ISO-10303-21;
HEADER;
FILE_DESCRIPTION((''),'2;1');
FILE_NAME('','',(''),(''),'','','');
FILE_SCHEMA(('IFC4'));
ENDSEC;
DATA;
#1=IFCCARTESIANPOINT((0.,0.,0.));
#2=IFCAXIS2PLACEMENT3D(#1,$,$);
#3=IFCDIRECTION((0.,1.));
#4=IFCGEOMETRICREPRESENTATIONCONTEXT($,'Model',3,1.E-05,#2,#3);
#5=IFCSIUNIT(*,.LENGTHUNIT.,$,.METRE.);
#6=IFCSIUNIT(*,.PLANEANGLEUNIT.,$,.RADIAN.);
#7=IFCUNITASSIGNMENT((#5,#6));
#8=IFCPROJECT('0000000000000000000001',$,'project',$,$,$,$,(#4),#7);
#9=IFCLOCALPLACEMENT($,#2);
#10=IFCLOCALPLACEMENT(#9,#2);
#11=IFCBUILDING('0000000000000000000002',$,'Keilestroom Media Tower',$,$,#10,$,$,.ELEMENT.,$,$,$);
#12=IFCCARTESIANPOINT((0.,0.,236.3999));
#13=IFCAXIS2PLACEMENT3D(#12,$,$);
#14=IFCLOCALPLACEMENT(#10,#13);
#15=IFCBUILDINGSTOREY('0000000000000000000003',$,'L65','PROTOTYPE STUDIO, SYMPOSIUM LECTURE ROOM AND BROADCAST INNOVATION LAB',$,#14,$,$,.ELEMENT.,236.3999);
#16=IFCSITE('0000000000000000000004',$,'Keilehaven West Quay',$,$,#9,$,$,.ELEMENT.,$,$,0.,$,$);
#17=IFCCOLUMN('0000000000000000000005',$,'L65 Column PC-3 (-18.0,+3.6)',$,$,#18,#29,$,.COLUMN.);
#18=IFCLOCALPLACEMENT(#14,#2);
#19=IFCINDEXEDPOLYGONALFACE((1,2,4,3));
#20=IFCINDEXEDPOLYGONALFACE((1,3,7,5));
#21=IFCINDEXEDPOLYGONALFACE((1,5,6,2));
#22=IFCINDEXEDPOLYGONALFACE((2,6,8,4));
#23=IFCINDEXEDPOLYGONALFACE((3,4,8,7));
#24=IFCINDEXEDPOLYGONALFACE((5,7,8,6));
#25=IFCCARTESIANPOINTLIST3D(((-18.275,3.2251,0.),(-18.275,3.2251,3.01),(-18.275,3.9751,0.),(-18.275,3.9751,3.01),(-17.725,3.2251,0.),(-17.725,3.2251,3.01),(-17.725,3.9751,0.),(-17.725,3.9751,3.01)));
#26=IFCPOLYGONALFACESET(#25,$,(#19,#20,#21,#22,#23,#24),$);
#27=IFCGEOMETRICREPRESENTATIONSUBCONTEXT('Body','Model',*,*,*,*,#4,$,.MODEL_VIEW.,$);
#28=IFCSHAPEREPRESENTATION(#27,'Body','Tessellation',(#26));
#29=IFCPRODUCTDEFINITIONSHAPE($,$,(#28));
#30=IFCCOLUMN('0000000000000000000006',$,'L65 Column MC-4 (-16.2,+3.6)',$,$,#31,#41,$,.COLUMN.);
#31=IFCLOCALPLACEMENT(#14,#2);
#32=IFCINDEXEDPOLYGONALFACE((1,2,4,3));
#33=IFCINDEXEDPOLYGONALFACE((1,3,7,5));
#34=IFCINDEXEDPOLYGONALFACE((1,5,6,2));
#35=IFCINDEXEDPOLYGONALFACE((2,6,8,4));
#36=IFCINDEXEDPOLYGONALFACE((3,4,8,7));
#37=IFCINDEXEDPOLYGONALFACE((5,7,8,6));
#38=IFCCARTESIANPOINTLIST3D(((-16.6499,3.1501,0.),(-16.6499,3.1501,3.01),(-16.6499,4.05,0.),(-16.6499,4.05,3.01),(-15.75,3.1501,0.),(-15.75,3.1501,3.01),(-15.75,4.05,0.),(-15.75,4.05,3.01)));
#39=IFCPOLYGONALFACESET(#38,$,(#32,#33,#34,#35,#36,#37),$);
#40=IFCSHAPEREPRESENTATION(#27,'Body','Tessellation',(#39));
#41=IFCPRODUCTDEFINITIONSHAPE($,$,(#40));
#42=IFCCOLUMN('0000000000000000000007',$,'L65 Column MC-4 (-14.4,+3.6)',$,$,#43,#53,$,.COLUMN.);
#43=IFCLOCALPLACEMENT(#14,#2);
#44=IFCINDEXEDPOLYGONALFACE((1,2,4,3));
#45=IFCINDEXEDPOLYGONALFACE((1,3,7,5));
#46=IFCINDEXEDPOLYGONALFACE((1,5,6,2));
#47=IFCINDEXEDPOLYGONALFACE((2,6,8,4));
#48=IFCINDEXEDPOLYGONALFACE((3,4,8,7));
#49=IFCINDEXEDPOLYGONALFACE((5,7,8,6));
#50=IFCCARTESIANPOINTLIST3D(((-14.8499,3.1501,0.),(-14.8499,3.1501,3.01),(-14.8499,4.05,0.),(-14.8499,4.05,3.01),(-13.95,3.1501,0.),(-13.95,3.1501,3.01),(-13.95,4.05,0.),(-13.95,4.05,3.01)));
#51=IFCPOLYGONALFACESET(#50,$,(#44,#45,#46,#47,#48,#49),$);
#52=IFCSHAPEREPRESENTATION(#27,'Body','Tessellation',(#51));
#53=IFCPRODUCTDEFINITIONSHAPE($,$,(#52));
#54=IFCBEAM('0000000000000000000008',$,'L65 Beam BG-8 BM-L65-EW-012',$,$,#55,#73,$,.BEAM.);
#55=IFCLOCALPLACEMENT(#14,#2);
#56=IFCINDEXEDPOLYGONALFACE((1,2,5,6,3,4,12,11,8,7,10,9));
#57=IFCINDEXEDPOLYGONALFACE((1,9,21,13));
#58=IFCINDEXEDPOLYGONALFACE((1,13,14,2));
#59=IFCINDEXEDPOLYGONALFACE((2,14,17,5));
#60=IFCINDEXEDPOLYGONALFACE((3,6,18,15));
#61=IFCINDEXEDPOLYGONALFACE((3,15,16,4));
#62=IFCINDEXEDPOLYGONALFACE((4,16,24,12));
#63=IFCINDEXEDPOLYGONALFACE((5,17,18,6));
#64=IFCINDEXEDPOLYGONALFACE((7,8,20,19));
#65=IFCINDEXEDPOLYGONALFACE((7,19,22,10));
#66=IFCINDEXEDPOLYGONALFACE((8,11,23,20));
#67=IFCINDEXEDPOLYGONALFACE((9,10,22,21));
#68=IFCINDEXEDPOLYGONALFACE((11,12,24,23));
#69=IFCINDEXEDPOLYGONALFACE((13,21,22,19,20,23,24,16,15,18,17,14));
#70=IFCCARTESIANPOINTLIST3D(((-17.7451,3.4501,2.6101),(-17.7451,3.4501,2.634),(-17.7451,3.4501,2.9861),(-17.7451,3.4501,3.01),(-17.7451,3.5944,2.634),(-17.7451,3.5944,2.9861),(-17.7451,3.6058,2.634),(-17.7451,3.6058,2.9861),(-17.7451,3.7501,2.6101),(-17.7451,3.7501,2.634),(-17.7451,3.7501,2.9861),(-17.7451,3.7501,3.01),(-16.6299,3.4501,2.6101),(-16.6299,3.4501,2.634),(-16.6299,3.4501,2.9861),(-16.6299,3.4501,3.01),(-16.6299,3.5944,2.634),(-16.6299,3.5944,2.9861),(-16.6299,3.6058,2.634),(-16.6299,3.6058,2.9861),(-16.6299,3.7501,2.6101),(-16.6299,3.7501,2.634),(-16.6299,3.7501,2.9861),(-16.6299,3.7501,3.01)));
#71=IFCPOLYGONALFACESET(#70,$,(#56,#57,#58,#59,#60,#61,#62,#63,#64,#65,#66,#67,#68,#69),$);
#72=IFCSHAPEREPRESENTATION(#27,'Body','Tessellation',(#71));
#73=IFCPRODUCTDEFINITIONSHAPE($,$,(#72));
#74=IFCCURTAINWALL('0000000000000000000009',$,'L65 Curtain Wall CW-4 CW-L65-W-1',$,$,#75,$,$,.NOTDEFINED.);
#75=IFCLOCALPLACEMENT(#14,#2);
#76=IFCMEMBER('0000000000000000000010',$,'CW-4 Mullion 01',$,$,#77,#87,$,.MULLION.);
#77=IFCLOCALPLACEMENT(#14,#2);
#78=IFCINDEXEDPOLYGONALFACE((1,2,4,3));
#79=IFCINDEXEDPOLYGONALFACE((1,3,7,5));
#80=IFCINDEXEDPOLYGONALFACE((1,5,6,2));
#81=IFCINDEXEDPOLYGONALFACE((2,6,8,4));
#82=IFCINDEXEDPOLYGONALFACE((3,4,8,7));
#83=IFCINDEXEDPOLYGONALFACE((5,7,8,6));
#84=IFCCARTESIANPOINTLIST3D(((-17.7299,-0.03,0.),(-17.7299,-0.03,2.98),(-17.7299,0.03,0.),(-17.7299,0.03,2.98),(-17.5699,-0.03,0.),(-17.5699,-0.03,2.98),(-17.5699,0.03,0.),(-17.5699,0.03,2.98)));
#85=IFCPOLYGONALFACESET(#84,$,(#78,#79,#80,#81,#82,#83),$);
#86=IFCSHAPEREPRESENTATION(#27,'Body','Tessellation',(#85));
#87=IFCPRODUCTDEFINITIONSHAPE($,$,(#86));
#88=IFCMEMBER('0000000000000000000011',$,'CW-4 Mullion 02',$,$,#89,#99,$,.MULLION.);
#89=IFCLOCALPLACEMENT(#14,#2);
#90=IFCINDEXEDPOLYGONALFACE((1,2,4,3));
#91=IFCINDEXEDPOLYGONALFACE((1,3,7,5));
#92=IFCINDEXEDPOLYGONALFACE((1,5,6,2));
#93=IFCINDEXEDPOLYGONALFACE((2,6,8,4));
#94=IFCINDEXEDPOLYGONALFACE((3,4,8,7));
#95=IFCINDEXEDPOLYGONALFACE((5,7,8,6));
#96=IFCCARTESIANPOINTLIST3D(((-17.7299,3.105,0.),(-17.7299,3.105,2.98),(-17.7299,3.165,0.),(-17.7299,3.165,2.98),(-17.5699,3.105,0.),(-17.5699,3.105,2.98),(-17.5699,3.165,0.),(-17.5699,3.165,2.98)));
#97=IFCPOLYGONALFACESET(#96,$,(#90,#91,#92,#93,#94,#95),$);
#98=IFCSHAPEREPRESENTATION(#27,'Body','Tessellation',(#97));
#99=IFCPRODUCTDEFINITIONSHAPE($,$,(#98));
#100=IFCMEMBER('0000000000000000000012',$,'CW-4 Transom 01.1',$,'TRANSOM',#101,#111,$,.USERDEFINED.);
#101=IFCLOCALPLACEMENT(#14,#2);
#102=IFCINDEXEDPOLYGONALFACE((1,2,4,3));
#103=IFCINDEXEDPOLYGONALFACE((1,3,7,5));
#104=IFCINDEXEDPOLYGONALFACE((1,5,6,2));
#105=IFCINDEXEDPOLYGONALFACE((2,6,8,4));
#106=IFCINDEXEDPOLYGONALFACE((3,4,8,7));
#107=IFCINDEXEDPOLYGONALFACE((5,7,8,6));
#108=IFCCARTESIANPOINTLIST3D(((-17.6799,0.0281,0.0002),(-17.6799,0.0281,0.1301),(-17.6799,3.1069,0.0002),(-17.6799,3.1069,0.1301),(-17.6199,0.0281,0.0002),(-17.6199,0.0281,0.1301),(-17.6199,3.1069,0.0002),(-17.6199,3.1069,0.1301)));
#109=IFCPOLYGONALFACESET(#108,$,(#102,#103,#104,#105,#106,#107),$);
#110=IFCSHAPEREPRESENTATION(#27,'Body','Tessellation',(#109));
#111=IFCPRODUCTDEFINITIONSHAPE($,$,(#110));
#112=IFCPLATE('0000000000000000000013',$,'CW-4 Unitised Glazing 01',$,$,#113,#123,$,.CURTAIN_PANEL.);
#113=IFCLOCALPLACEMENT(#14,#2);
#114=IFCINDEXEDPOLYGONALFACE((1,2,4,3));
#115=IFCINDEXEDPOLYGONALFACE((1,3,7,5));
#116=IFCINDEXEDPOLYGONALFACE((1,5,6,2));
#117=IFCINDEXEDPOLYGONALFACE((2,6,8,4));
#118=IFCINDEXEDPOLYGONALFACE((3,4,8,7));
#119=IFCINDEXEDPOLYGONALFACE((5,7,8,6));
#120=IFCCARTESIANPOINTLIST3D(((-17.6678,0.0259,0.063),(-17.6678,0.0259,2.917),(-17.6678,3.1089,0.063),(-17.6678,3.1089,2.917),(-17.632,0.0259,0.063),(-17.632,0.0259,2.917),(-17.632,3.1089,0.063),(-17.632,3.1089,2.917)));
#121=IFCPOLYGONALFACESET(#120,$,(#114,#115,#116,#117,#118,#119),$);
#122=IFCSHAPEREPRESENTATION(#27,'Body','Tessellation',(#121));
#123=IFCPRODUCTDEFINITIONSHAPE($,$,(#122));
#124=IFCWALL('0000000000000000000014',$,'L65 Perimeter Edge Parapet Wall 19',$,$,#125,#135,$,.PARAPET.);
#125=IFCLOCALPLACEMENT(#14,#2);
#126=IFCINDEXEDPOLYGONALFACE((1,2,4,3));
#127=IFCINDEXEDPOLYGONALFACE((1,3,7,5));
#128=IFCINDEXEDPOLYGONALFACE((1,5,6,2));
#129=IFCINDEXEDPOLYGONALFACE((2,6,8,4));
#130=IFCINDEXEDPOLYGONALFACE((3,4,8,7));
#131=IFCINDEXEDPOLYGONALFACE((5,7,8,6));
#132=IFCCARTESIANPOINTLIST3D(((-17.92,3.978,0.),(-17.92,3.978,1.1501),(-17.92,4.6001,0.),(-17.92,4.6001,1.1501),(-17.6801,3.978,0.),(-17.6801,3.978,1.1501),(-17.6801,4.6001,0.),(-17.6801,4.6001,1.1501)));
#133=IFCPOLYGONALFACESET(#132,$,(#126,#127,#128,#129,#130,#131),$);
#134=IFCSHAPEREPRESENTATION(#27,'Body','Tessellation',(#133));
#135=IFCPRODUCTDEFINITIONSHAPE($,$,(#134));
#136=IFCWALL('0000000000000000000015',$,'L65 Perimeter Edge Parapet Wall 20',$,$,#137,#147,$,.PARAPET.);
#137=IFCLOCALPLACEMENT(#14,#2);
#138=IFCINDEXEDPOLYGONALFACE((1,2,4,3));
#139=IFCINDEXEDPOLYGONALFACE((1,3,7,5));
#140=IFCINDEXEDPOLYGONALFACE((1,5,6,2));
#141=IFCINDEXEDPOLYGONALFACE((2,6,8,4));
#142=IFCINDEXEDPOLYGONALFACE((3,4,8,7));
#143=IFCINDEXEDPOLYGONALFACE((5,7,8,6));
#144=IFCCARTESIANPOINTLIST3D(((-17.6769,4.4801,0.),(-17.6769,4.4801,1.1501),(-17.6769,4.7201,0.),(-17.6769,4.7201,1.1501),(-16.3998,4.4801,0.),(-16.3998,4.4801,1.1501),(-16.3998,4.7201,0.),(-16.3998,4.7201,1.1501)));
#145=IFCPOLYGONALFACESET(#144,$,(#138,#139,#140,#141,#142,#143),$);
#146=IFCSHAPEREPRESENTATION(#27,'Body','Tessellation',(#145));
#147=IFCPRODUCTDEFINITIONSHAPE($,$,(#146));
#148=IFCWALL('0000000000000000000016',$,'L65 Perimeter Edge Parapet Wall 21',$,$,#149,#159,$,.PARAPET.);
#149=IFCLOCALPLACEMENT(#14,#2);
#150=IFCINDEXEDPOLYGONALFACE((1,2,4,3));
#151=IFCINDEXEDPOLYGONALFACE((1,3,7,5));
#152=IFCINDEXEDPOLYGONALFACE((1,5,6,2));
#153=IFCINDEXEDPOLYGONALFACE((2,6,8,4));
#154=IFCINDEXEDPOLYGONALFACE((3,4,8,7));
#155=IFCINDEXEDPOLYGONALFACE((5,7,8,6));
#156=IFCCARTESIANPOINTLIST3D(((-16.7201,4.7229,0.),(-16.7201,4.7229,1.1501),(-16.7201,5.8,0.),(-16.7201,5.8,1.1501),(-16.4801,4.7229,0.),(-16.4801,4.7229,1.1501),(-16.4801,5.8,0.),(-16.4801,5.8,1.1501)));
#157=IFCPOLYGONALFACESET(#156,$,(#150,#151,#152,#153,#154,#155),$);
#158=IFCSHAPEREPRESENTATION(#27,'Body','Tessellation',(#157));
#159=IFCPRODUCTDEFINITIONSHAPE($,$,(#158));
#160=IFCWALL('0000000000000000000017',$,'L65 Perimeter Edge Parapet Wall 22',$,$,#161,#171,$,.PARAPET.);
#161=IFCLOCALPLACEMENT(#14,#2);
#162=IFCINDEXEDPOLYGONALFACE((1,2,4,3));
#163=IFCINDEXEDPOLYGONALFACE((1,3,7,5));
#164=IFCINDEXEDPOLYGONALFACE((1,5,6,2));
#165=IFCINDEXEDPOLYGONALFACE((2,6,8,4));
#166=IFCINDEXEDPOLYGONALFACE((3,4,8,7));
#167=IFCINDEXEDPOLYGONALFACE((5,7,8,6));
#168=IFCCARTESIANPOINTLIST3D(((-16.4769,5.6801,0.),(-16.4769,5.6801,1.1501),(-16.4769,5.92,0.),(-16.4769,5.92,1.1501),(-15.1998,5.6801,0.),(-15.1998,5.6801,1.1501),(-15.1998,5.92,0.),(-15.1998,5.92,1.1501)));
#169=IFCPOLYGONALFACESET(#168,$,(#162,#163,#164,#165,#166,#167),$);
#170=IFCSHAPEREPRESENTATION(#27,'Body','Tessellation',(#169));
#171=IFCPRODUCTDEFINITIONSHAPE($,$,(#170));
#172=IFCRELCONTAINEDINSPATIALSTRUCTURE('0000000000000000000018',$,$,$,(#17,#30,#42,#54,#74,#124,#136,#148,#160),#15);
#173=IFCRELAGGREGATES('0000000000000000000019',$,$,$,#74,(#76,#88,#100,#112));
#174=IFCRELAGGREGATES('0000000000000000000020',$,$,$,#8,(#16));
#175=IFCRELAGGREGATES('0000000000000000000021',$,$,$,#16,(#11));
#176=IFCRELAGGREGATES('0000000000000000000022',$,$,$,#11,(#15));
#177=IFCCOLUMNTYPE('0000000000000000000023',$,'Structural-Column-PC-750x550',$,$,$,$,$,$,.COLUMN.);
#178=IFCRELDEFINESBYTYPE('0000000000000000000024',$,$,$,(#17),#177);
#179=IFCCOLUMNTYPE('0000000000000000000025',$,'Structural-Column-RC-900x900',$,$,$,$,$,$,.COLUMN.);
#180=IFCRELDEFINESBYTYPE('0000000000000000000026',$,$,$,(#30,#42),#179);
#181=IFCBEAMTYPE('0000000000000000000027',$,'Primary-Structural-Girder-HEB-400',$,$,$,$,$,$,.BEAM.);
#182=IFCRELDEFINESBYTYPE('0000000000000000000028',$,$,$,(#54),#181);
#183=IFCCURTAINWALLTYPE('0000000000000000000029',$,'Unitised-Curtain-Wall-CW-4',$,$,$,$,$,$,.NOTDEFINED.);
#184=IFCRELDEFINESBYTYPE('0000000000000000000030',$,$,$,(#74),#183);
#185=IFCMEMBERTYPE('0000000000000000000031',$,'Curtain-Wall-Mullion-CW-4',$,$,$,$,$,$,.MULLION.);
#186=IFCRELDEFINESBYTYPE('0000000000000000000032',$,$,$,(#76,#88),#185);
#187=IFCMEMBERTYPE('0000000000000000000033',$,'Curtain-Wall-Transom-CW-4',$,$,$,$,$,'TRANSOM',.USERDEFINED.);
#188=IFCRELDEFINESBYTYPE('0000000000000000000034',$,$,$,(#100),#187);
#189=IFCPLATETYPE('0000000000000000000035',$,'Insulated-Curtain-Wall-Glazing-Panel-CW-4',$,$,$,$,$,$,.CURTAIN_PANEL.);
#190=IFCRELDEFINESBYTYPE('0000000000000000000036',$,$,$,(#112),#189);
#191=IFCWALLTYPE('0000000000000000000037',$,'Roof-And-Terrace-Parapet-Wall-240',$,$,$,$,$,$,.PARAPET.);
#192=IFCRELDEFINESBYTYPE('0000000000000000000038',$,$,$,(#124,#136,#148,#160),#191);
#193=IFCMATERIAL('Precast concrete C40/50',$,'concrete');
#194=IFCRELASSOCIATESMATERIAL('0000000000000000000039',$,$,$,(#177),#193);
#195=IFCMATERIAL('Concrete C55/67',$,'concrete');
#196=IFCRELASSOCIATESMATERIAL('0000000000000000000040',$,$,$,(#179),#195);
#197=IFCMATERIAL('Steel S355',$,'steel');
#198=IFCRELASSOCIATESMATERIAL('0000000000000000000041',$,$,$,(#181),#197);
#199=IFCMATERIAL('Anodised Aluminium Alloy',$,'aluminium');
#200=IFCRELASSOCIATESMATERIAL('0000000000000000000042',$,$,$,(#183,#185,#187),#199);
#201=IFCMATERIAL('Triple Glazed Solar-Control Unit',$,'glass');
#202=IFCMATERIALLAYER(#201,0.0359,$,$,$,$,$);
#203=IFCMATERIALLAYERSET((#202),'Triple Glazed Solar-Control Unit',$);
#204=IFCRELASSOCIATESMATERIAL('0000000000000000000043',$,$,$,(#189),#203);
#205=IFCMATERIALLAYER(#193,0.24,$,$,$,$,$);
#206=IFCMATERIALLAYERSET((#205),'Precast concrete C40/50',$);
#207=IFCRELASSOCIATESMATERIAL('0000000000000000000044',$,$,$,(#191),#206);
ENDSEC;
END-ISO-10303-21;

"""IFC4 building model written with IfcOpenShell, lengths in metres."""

from ifc_helpers import new_model, si_unit, direction, frame, frame_2d, origin, origin_2d, place, context, subcontext, project, spatial, rectangle, i_section, extrude, source, transform, mapped, material, layer, layer_set, material_profile, profile_set, type_object, element, aggregate, save


model = new_model("IFC4")

# Units and contexts
model_context = context("Model", 3, precision=1e-05, world=origin(), true_north=direction((0.0, 1.0)))
body_context = subcontext(model_context, "Body", "Model", "MODEL_VIEW")
ifc_project = project(units=[si_unit("LENGTHUNIT", "METRE"), si_unit("PLANEANGLEUNIT", "RADIAN")], contexts=[model_context])

# Site, building, storey
site_placement = place(None, origin())
site = spatial("IfcSite", under=ifc_project, at=site_placement, Name="Keilehaven West Quay", CompositionType="ELEMENT", RefElevation=0.0)
building_placement = place(site_placement, origin())
building = spatial("IfcBuilding", under=site, at=building_placement, Name="Keilestroom Media Tower", CompositionType="ELEMENT")
storey_placement = place(building_placement, frame((0.0, 0.0, 236.3999)))
storey = spatial("IfcBuildingStorey", under=building, at=storey_placement, Name="L65", Description="PROTOTYPE STUDIO, SYMPOSIUM LECTURE ROOM AND BROADCAST INNOVATION LAB", CompositionType="ELEMENT", Elevation=236.3999)

# Columns
ifc_material_1 = material(Name="Precast concrete C40/50", Category="concrete")
ifc_material_profile_1 = material_profile(ifc_material_1, rectangle(XDim=0.55, YDim=0.75, at=origin_2d()), Name="PC 750x550")
ifc_profile_set_1 = profile_set([ifc_material_profile_1], Name="Precast concrete C40/50")
column_type_1 = type_object("IfcColumnType", Name="Structural-Column-PC-750x550", PredefinedType="COLUMN", material=ifc_profile_set_1)
shared_shape_1 = source(origin(), body_context, "Body", "SweptSolid", [
    extrude(rectangle(XDim=0.55, YDim=0.75, at=origin_2d()), origin(), (0.0, 0.0, 1.0), 3.01),
])
column_placement = place(storey_placement, frame((-18.0, 3.6001, 0.0), z_axis=(0.0, 0.0, 1.0), x_axis=(1.0, 0.0, 0.0)))
element("IfcColumn", 1, at=column_placement, inside=storey, type_object=column_type_1, Name="L65 Column PC-3 (-18.0,+3.6)", PredefinedType="COLUMN", context=body_context, shape_type="MappedRepresentation", body=[
    mapped(shared_shape_1, transform((0.0, 0.0, 0.0), x_axis=(1.0, 0.0, 0.0), y_axis=(0.0, 1.0, 0.0), z_axis=(0.0, 0.0, 1.0), scale=1.0)),
])
ifc_material_2 = material(Name="Concrete C55/67", Category="concrete")
ifc_material_profile_2 = material_profile(ifc_material_2, rectangle(XDim=0.8999, YDim=0.8999, at=origin_2d()), Name="RC 900x900")
ifc_profile_set_2 = profile_set([ifc_material_profile_2], Name="Concrete C55/67")
column_type_2 = type_object("IfcColumnType", Name="Structural-Column-RC-900x900", PredefinedType="COLUMN", material=ifc_profile_set_2)
shared_shape_2 = source(origin(), body_context, "Body", "SweptSolid", [
    extrude(rectangle(XDim=0.8999, YDim=0.8999, at=origin_2d()), origin(), (0.0, 0.0, 1.0), 3.01),
])
for number, where, z_axis, x_axis, name in (
    (2, (-16.2, 3.6001, 0.0), (0.0, 0.0, 1.0), (1.0, 0.0, 0.0), "L65 Column MC-4 (-16.2,+3.6)"),
    (3, (-14.3999, 3.6001, 0.0), (0.0, 0.0, 1.0), (1.0, 0.0, 0.0), "L65 Column MC-4 (-14.4,+3.6)"),
):
    element("IfcColumn", number, at=place(storey_placement, frame(where, z_axis=z_axis, x_axis=x_axis)), inside=storey, type_object=column_type_2, Name=name, PredefinedType="COLUMN", context=body_context, shape_type="MappedRepresentation", body=[
        mapped(shared_shape_2, transform((0.0, 0.0, 0.0), x_axis=(1.0, 0.0, 0.0), y_axis=(0.0, 1.0, 0.0), z_axis=(0.0, 0.0, 1.0), scale=1.0)),
    ])

# Beam
ifc_material_3 = material(Name="Steel S355", Category="steel")
ifc_material_profile_3 = material_profile(ifc_material_3, i_section(OverallWidth=0.3, OverallDepth=0.3999, WebThickness=0.0115, FlangeThickness=0.0239, at=origin_2d()), Name="HEB 400")
ifc_profile_set_3 = profile_set([ifc_material_profile_3], Name="Steel S355")
beam_type = type_object("IfcBeamType", Name="Primary-Structural-Girder-HEB-400", PredefinedType="BEAM", material=ifc_profile_set_3)
shared_shape_3 = source(origin(), body_context, "Body", "SweptSolid", [
    extrude(i_section(OverallWidth=0.3, OverallDepth=0.3999, WebThickness=0.0115, FlangeThickness=0.0239, at=origin_2d()), origin(), (0.0, 0.0, 1.0), 1.1152),
])
beam_placement = place(storey_placement, frame((-17.7451, 3.6001, 2.8101), z_axis=(1.0, 0.0, 0.0), x_axis=(0.0, 1.0, 0.0)))
element("IfcBeam", 4, at=beam_placement, inside=storey, type_object=beam_type, Name="L65 Beam BG-8 BM-L65-EW-012", PredefinedType="BEAM", context=body_context, shape_type="MappedRepresentation", body=[
    mapped(shared_shape_3, transform((0.0, 0.0, 0.0), x_axis=(1.0, 0.0, 0.0), y_axis=(0.0, 1.0, 0.0), z_axis=(0.0, 0.0, 1.0), scale=1.0)),
])

# Curtain wall, members, plate
ifc_material_4 = material(Name="Anodised Aluminium Alloy", Category="aluminium")
curtain_wall_type = type_object("IfcCurtainWallType", Name="Unitised-Curtain-Wall-CW-4", PredefinedType="NOTDEFINED", material=ifc_material_4)
curtain_wall_placement = place(storey_placement, origin())
curtain_wall = element("IfcCurtainWall", 5, at=curtain_wall_placement, inside=storey, type_object=curtain_wall_type, Name="L65 Curtain Wall CW-4 CW-L65-W-1", PredefinedType="NOTDEFINED")
ifc_material_profile_4 = material_profile(ifc_material_4, rectangle(XDim=0.0601, YDim=0.1599, at=origin_2d()), Name="ALU MULLION 60x160")
ifc_profile_set_4 = profile_set([ifc_material_profile_4], Name="Anodised Aluminium Alloy")
member_type_1 = type_object("IfcMemberType", Name="Curtain-Wall-Mullion-CW-4", PredefinedType="MULLION", material=ifc_profile_set_4)
shared_shape_4 = source(origin(), body_context, "Body", "SweptSolid", [
    extrude(rectangle(XDim=0.0601, YDim=0.1599, at=origin_2d()), origin(), (0.0, 0.0, 1.0), 2.98),
])
member_1_placement = place(storey_placement, frame((-17.6499, 0.0, 0.0), z_axis=(0.0, 0.0, 1.0), x_axis=(0.0, 1.0, 0.0)))
member_1 = element("IfcMember", 6, at=member_1_placement, type_object=member_type_1, Name="CW-4 Mullion 01", PredefinedType="MULLION", context=body_context, shape_type="MappedRepresentation", body=[
    mapped(shared_shape_4, transform((0.0, 0.0, 0.0), x_axis=(1.0, 0.0, 0.0), y_axis=(0.0, 1.0, 0.0), z_axis=(0.0, 0.0, 1.0), scale=1.0)),
])
member_2_placement = place(storey_placement, frame((-17.6499, 3.135, 0.0), z_axis=(0.0, 0.0, 1.0), x_axis=(0.0, 1.0, 0.0)))
member_2 = element("IfcMember", 7, at=member_2_placement, type_object=member_type_1, Name="CW-4 Mullion 02", PredefinedType="MULLION", context=body_context, shape_type="MappedRepresentation", body=[
    mapped(shared_shape_4, transform((0.0, 0.0, 0.0), x_axis=(1.0, 0.0, 0.0), y_axis=(0.0, 1.0, 0.0), z_axis=(0.0, 0.0, 1.0), scale=1.0)),
])
ifc_material_profile_5 = material_profile(ifc_material_4, rectangle(XDim=0.0601, YDim=0.1299, at=origin_2d()), Name="ALU TRANSOM 60x130")
ifc_profile_set_5 = profile_set([ifc_material_profile_5], Name="Anodised Aluminium Alloy")
member_type_2 = type_object("IfcMemberType", Name="Curtain-Wall-Transom-CW-4", ElementType="TRANSOM", PredefinedType="USERDEFINED", material=ifc_profile_set_5)
shared_shape_5 = source(origin(), body_context, "Body", "SweptSolid", [
    extrude(rectangle(XDim=0.0601, YDim=0.1299, at=origin_2d()), origin(), (0.0, 0.0, 1.0), 3.0789),
])
member_3_placement = place(storey_placement, frame((-17.6499, 0.0281, 0.0652), z_axis=(0.0, 1.0, 0.0), x_axis=(-1.0, 0.0, 0.0)))
member_3 = element("IfcMember", 8, at=member_3_placement, type_object=member_type_2, Name="CW-4 Transom 01.1", ObjectType="TRANSOM", PredefinedType="USERDEFINED", context=body_context, shape_type="MappedRepresentation", body=[
    mapped(shared_shape_5, transform((0.0, 0.0, 0.0), x_axis=(1.0, 0.0, 0.0), y_axis=(0.0, 1.0, 0.0), z_axis=(0.0, 0.0, 1.0), scale=1.0)),
])
ifc_material_5 = material(Name="Triple Glazed Solar-Control Unit", Category="glass")
ifc_layer_1 = layer(ifc_material_5, 0.0359)
ifc_layer_set_1 = layer_set([ifc_layer_1], Name="Triple Glazed Solar-Control Unit")
plate_type = type_object("IfcPlateType", Name="Insulated-Curtain-Wall-Glazing-Panel-CW-4", PredefinedType="CURTAIN_PANEL", material=ifc_layer_set_1)
shared_shape_6 = source(origin(), body_context, "Body", "SweptSolid", [
    extrude(rectangle(XDim=3.083, YDim=0.0359, at=origin_2d()), origin(), (0.0, 0.0, 1.0), 2.854),
])
plate_placement = place(storey_placement, frame((-17.6499, 1.5674, 0.063), z_axis=(0.0, 0.0, 1.0), x_axis=(0.0, 1.0, 0.0)))
plate = element("IfcPlate", 9, at=plate_placement, type_object=plate_type, Name="CW-4 Unitised Glazing 01", PredefinedType="CURTAIN_PANEL", context=body_context, shape_type="MappedRepresentation", body=[
    mapped(shared_shape_6, transform((0.0, 0.0, 0.0), x_axis=(1.0, 0.0, 0.0), y_axis=(0.0, 1.0, 0.0), z_axis=(0.0, 0.0, 1.0), scale=1.0)),
])
aggregate(curtain_wall, [member_1, member_2, member_3, plate])

# Walls
ifc_layer_2 = layer(ifc_material_1, 0.24)
ifc_layer_set_2 = layer_set([ifc_layer_2], Name="Precast concrete C40/50")
wall_type = type_object("IfcWallType", Name="Roof-And-Terrace-Parapet-Wall-240", PredefinedType="PARAPET", material=ifc_layer_set_2)
wall_1_placement = place(storey_placement, frame((-17.8, 3.978, 0.0), z_axis=(0.0, 0.0, 1.0), x_axis=(0.0, 1.0, 0.0)))
element("IfcWall", 10, at=wall_1_placement, inside=storey, type_object=wall_type, Name="L65 Perimeter Edge Parapet Wall 19", PredefinedType="PARAPET", context=body_context, shape_type="SweptSolid", body=[
    extrude(rectangle(XDim=0.6221, YDim=0.24, at=frame_2d((0.311, 0.0))), origin(), (0.0, 0.0, 1.0), 1.1501),
])
wall_2_placement = place(storey_placement, frame((-17.677, 4.6001, 0.0), z_axis=(0.0, 0.0, 1.0), x_axis=(1.0, 0.0, 0.0)))
element("IfcWall", 11, at=wall_2_placement, inside=storey, type_object=wall_type, Name="L65 Perimeter Edge Parapet Wall 20", PredefinedType="PARAPET", context=body_context, shape_type="SweptSolid", body=[
    extrude(rectangle(XDim=1.2771, YDim=0.24, at=frame_2d((0.6387, 0.0))), origin(), (0.0, 0.0, 1.0), 1.1501),
])
wall_3_placement = place(storey_placement, frame((-16.6001, 4.7229, 0.0), z_axis=(0.0, 0.0, 1.0), x_axis=(0.0, 1.0, 0.0)))
element("IfcWall", 12, at=wall_3_placement, inside=storey, type_object=wall_type, Name="L65 Perimeter Edge Parapet Wall 21", PredefinedType="PARAPET", context=body_context, shape_type="SweptSolid", body=[
    extrude(rectangle(XDim=1.0771, YDim=0.24, at=frame_2d((0.5386, 0.0))), origin(), (0.0, 0.0, 1.0), 1.1501),
])
wall_4_placement = place(storey_placement, frame((-16.4771, 5.8, 0.0), z_axis=(0.0, 0.0, 1.0), x_axis=(1.0, 0.0, 0.0)))
element("IfcWall", 13, at=wall_4_placement, inside=storey, type_object=wall_type, Name="L65 Perimeter Edge Parapet Wall 22", PredefinedType="PARAPET", context=body_context, shape_type="SweptSolid", body=[
    extrude(rectangle(XDim=1.2771, YDim=0.24, at=frame_2d((0.6387, 0.0))), origin(), (0.0, 0.0, 1.0), 1.1501),
])

save(model, "model.ifc")
